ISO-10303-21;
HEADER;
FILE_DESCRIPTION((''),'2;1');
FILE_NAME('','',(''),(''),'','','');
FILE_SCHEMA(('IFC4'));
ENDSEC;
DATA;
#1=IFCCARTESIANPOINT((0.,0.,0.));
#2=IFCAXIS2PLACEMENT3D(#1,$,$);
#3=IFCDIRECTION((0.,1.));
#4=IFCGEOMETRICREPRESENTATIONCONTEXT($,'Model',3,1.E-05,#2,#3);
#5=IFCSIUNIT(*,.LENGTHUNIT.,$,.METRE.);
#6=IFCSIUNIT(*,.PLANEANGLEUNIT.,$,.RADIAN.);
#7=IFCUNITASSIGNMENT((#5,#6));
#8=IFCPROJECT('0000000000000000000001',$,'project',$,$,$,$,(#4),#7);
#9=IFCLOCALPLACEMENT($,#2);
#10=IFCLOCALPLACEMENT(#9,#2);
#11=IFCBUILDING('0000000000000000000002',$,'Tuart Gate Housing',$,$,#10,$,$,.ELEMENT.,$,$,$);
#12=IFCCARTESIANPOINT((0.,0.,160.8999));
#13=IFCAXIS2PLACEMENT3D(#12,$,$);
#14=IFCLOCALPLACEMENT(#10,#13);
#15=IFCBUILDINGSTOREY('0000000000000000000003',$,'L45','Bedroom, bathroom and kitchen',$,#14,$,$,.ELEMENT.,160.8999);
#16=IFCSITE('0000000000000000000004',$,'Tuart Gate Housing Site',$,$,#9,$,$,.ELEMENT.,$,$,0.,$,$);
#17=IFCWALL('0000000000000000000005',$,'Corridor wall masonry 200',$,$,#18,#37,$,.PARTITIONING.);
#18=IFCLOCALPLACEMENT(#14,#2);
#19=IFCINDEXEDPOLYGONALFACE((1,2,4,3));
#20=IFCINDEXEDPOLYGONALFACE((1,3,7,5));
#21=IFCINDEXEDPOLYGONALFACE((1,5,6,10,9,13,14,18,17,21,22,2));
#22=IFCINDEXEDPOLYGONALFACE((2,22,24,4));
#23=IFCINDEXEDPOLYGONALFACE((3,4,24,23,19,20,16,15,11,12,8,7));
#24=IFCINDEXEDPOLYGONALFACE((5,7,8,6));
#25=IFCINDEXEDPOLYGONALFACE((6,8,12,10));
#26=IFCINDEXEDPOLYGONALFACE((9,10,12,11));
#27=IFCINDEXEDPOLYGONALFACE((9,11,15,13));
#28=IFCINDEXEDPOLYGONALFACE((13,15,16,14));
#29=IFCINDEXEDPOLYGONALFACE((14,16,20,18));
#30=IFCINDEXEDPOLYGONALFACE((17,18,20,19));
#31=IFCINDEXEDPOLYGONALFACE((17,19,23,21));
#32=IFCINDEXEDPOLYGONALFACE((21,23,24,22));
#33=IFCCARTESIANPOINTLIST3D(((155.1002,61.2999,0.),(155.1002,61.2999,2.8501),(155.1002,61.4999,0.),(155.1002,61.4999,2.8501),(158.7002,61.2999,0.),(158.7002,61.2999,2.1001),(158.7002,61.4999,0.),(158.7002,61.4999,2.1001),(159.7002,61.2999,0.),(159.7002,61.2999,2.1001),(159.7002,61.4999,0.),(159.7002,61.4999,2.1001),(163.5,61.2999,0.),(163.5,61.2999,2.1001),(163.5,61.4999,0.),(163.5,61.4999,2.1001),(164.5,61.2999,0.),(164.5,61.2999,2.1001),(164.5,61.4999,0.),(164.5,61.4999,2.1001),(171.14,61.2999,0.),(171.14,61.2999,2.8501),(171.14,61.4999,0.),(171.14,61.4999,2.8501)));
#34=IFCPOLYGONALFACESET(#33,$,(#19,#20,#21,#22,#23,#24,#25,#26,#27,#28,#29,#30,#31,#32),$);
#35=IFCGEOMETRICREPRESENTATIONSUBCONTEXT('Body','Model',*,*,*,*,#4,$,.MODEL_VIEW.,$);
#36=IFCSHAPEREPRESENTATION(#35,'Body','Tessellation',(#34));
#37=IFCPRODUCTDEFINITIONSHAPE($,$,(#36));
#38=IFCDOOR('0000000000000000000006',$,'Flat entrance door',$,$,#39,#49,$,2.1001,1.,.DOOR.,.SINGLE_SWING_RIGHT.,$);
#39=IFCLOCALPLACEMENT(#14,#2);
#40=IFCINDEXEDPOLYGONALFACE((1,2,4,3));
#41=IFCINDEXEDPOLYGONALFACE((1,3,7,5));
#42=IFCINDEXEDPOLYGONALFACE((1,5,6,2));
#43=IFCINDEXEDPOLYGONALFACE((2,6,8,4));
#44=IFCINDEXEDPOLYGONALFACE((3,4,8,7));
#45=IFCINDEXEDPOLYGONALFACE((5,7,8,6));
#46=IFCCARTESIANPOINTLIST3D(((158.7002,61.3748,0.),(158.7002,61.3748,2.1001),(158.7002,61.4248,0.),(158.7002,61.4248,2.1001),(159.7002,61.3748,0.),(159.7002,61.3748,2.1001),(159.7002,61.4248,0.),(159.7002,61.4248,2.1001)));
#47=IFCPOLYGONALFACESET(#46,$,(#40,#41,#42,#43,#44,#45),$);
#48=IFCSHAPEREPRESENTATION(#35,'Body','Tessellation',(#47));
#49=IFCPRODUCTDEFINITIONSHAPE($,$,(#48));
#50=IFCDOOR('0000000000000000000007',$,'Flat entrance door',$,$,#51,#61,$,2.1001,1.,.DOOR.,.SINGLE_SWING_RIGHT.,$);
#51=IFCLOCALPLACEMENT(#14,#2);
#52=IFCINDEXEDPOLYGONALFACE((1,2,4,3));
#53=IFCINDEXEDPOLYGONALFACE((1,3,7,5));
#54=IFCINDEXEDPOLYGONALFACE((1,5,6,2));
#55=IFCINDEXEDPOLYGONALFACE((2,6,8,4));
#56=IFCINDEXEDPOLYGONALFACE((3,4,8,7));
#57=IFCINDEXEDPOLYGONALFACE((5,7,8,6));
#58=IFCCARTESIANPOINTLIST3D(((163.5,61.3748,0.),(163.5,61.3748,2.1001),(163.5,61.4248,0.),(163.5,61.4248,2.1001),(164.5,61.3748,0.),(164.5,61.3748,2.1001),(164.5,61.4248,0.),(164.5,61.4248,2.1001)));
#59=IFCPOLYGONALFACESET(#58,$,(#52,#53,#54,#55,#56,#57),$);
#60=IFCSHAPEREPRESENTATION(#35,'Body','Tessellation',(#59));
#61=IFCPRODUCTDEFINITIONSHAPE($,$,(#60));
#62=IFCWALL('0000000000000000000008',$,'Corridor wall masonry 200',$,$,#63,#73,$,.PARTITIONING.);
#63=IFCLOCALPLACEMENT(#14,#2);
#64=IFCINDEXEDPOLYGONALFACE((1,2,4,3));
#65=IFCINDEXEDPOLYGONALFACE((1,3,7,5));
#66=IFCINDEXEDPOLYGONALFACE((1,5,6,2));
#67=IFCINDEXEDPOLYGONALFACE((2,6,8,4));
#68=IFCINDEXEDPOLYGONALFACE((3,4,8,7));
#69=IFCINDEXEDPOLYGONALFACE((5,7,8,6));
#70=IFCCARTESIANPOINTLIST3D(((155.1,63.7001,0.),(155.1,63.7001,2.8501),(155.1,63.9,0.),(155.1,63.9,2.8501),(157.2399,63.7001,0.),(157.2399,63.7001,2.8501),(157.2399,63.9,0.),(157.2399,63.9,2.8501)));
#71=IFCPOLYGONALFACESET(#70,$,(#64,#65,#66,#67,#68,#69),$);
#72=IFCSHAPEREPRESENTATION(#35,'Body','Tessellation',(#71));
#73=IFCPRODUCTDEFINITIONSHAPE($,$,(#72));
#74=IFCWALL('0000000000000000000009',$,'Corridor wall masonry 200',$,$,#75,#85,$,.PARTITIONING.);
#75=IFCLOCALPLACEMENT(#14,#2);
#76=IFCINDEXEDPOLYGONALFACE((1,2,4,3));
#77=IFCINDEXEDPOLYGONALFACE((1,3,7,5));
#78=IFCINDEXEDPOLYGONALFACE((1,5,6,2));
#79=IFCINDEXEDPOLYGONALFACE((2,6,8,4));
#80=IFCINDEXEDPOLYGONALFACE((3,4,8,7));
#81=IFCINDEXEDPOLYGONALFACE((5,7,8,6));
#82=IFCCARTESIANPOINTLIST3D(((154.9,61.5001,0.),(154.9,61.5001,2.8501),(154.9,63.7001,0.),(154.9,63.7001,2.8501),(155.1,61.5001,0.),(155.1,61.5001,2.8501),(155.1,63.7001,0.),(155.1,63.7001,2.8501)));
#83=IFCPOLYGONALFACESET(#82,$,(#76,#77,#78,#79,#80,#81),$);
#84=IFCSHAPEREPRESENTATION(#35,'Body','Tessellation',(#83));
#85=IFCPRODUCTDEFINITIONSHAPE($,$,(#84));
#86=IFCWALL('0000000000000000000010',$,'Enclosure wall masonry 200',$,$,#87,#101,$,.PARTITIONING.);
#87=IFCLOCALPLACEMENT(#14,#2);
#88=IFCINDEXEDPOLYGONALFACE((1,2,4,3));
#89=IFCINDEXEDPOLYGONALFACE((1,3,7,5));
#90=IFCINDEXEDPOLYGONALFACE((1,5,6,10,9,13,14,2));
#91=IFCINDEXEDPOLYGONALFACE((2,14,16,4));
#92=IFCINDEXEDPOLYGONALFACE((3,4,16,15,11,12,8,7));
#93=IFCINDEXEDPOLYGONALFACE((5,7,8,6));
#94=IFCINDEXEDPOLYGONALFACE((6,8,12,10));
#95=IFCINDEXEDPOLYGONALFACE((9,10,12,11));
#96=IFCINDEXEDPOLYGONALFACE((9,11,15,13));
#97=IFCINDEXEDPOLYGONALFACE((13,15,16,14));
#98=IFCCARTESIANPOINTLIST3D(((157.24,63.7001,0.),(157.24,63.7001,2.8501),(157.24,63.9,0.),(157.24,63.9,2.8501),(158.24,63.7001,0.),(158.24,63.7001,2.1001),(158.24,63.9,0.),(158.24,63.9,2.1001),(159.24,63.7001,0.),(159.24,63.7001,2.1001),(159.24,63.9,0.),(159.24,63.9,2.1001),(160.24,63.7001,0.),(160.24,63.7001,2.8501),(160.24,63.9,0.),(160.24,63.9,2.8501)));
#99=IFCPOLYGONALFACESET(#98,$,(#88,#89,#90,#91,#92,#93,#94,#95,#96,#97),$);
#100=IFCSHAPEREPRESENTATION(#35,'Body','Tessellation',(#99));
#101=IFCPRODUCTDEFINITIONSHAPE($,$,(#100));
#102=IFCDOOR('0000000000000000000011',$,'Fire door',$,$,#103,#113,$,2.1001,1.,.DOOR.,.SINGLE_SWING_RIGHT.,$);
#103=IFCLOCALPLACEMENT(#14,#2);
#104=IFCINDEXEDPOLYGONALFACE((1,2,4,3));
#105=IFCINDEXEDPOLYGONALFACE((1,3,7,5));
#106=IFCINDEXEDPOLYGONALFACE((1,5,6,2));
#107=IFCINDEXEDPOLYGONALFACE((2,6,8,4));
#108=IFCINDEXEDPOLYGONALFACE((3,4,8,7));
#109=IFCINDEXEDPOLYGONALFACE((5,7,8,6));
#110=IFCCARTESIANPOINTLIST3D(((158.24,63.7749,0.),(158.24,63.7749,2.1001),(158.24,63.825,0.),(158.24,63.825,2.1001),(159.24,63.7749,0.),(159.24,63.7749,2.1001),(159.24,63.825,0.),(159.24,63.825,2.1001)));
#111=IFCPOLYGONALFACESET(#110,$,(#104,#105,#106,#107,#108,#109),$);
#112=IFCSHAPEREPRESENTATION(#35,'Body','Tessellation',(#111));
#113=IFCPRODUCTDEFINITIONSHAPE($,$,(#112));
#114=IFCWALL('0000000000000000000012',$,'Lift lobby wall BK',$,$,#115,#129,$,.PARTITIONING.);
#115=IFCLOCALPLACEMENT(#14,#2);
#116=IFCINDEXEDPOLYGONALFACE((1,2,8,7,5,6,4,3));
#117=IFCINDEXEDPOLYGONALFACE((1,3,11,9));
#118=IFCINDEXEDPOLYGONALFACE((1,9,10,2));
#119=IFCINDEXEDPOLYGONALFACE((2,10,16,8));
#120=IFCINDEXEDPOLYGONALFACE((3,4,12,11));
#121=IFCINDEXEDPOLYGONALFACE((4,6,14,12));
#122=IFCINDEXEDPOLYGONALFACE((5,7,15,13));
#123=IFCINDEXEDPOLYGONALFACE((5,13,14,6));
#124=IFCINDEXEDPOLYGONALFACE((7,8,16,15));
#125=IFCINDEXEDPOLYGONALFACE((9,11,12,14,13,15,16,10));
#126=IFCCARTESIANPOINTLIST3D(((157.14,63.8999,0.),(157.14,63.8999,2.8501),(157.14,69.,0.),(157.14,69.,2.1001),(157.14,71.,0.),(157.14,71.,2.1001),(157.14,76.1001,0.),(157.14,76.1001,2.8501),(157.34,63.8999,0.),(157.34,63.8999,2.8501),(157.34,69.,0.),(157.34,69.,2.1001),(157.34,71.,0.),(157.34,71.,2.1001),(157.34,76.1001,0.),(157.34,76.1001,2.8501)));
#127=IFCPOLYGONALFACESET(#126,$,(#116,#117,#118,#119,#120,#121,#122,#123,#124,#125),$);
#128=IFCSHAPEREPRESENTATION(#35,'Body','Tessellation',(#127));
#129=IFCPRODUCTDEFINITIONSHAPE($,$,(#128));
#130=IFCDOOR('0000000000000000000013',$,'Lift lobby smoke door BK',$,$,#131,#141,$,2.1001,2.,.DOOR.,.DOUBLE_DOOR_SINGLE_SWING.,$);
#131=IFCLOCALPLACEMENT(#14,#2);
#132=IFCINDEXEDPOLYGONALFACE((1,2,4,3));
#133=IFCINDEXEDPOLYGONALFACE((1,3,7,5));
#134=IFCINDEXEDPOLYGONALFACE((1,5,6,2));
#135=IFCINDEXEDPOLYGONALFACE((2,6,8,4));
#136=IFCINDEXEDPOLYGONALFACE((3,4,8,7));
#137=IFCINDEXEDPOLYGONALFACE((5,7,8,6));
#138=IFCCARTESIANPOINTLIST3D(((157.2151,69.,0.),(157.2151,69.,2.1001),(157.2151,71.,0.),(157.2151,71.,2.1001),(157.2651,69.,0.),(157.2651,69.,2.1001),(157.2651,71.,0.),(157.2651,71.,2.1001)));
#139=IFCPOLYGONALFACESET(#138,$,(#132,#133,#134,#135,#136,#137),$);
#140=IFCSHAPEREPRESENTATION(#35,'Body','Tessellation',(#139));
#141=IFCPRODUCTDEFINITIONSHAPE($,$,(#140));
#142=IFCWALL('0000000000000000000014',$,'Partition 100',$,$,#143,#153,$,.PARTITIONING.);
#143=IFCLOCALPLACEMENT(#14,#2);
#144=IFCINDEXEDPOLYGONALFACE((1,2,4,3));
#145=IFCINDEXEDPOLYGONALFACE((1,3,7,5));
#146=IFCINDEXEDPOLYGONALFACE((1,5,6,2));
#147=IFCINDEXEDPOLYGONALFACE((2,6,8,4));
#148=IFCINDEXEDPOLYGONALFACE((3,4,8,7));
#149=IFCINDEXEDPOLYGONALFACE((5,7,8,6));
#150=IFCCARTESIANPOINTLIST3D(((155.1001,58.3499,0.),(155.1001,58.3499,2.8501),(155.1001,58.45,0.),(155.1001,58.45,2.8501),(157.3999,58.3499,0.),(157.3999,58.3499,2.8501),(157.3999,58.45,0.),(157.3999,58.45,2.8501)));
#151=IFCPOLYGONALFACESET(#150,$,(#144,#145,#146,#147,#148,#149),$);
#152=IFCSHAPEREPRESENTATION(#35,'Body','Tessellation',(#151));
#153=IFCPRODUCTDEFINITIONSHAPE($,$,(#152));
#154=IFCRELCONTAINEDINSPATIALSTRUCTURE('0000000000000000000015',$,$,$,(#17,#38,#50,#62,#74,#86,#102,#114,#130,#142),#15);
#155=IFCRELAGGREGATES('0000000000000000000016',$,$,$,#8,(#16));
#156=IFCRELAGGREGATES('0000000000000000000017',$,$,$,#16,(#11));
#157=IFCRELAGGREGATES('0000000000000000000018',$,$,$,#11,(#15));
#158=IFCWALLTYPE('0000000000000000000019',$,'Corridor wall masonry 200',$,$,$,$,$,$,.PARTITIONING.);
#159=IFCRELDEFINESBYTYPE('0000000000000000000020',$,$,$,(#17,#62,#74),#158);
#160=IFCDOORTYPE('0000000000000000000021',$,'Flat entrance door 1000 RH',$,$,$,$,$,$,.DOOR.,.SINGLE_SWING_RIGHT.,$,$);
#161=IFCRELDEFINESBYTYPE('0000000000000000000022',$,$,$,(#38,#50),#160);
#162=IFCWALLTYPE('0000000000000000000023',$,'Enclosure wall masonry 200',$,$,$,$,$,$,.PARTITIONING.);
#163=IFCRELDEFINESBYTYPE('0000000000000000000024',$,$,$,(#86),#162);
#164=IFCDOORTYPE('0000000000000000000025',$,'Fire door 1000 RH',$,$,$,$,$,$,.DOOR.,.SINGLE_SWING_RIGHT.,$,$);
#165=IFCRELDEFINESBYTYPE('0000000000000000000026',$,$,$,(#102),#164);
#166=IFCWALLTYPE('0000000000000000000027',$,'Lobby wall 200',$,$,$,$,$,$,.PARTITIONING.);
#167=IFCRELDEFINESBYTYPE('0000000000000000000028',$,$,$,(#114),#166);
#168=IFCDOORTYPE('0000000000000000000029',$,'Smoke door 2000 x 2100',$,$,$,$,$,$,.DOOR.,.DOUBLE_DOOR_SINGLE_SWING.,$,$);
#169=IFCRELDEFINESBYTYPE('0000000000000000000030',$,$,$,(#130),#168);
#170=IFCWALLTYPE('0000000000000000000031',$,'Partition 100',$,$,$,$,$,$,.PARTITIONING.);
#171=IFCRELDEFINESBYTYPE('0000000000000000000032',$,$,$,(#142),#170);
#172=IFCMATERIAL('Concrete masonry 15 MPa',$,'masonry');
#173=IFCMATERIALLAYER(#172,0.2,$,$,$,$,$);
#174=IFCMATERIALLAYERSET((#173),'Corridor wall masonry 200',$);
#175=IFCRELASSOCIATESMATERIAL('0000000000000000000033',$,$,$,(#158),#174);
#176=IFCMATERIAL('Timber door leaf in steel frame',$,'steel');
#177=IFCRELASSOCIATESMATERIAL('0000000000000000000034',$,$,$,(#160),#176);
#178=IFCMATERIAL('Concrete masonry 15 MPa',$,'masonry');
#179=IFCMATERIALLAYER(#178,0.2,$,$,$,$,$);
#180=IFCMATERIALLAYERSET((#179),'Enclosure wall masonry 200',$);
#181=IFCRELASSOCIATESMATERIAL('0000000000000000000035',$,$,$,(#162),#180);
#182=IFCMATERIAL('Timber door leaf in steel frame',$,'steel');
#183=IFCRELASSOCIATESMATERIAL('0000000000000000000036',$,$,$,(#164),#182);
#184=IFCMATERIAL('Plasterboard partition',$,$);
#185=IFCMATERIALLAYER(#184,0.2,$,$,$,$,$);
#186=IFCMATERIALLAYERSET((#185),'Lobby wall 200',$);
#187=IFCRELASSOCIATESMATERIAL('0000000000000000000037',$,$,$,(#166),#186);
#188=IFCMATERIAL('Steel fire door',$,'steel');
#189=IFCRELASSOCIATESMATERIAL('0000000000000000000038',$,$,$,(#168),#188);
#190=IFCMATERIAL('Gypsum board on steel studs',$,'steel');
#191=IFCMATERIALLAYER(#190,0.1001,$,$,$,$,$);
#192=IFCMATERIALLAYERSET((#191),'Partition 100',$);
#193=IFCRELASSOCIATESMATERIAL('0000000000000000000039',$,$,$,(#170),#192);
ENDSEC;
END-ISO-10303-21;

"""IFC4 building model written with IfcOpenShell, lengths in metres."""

from ifc_helpers import new_model, si_unit, direction, frame, frame_2d, origin, place, context, subcontext, project, spatial, rectangle, extrude, material, layer, layer_set, type_object, element, fill, save


model = new_model("IFC4")

# Units and contexts
model_context = context("Model", 3, precision=1e-05, world=origin(), true_north=direction((0.0, 1.0)))
body_context = subcontext(model_context, "Body", "Model", "MODEL_VIEW")
ifc_project = project(units=[si_unit("LENGTHUNIT", "METRE"), si_unit("PLANEANGLEUNIT", "RADIAN")], contexts=[model_context])

# Site, building, storey
site_placement = place(None, origin())
site = spatial("IfcSite", under=ifc_project, at=site_placement, Name="Tuart Gate Housing Site", CompositionType="ELEMENT", RefElevation=0.0)
building_placement = place(site_placement, origin())
building = spatial("IfcBuilding", under=site, at=building_placement, Name="Tuart Gate Housing", CompositionType="ELEMENT")
storey_placement = place(building_placement, frame((0.0, 0.0, 160.8999)))
storey = spatial("IfcBuildingStorey", under=building, at=storey_placement, Name="L45", Description="Bedroom, bathroom and kitchen", CompositionType="ELEMENT", Elevation=160.8999)

# Wall, openings, doors
ifc_material_1 = material(Name="Concrete masonry 15 MPa", Category="masonry")
ifc_layer_1 = layer(ifc_material_1, 0.2)
ifc_layer_set_1 = layer_set([ifc_layer_1], Name="Corridor wall masonry 200")
wall_type_1 = type_object("IfcWallType", Name="Corridor wall masonry 200", PredefinedType="PARTITIONING", material=ifc_layer_set_1)
wall_1_placement = place(storey_placement, frame((155.1001, 61.3999, 0.0), z_axis=(0.0, 0.0, 1.0), x_axis=(1.0, 0.0, 0.0)))
wall_1 = element("IfcWall", 1, at=wall_1_placement, inside=storey, type_object=wall_type_1, Name="Corridor wall masonry 200", PredefinedType="PARTITIONING", context=body_context, shape_type="SweptSolid", body=[
    extrude(rectangle(XDim=16.0398, YDim=0.2, at=frame_2d((8.02, 0.0))), origin(), (0.0, 0.0, 1.0), 2.8501),
])
opening_1_placement = place(wall_1_placement, frame((3.6001, 0.0, 0.0)))
opening_1 = element("IfcOpeningElement", 2, at=opening_1_placement, cuts=wall_1, PredefinedType="OPENING", context=body_context, shape_type="SweptSolid", body=[
    extrude(rectangle(XDim=1.0, YDim=2.1001, at=frame_2d((0.5, 1.05))), frame((0.0, 0.1099, 0.0), z_axis=(0.0, -1.0, 0.0), x_axis=(1.0, 0.0, 0.0)), (0.0, 0.0, 1.0), 0.22),
])
opening_2_placement = place(wall_1_placement, frame((8.3999, 0.0, 0.0)))
opening_2 = element("IfcOpeningElement", 3, at=opening_2_placement, cuts=wall_1, PredefinedType="OPENING", context=body_context, shape_type="SweptSolid", body=[
    extrude(rectangle(XDim=1.0, YDim=2.1001, at=frame_2d((0.5, 1.05))), frame((0.0, 0.1099, 0.0), z_axis=(0.0, -1.0, 0.0), x_axis=(1.0, 0.0, 0.0)), (0.0, 0.0, 1.0), 0.22),
])
ifc_material_2 = material(Name="Timber door leaf in steel frame", Category="steel")
door_type_1 = type_object("IfcDoorType", Name="Flat entrance door 1000 RH", OperationType="SINGLE_SWING_RIGHT", PredefinedType="DOOR", material=ifc_material_2)
door_1_placement = place(opening_1_placement, frame((1.0, 0.0, 0.0), z_axis=(0.0, 0.0, 1.0), x_axis=(-1.0, 0.0, 0.0)))
door_1 = element("IfcDoor", 4, at=door_1_placement, inside=storey, type_object=door_type_1, Name="Flat entrance door", OperationType="SINGLE_SWING_RIGHT", OverallHeight=2.1001, OverallWidth=1.0, PredefinedType="DOOR", context=body_context, shape_type="SweptSolid", body=[
    extrude(rectangle(XDim=1.0, YDim=2.1001, at=frame_2d((0.5, 1.05))), frame((0.0, 0.0251, 0.0), z_axis=(0.0, -1.0, 0.0), x_axis=(1.0, 0.0, 0.0)), (0.0, 0.0, 1.0), 0.05),
])
fill(opening_1, door_1)
door_2_placement = place(opening_2_placement, frame((1.0, 0.0, 0.0), z_axis=(0.0, 0.0, 1.0), x_axis=(-1.0, 0.0, 0.0)))
door_2 = element("IfcDoor", 5, at=door_2_placement, inside=storey, type_object=door_type_1, Name="Flat entrance door", OperationType="SINGLE_SWING_RIGHT", OverallHeight=2.1001, OverallWidth=1.0, PredefinedType="DOOR", context=body_context, shape_type="SweptSolid", body=[
    extrude(rectangle(XDim=1.0, YDim=2.1001, at=frame_2d((0.5, 1.05))), frame((0.0, 0.0251, 0.0), z_axis=(0.0, -1.0, 0.0), x_axis=(1.0, 0.0, 0.0)), (0.0, 0.0, 1.0), 0.05),
])
fill(opening_2, door_2)

# Walls
wall_2_placement = place(storey_placement, frame((155.1001, 63.8, 0.0), z_axis=(0.0, 0.0, 1.0), x_axis=(1.0, 0.0, 0.0)))
element("IfcWall", 6, at=wall_2_placement, inside=storey, type_object=wall_type_1, Name="Corridor wall masonry 200", PredefinedType="PARTITIONING", context=body_context, shape_type="SweptSolid", body=[
    extrude(rectangle(XDim=2.1399, YDim=0.2, at=frame_2d((1.0698, 0.0))), origin(), (0.0, 0.0, 1.0), 2.8501),
])
wall_3_placement = place(storey_placement, frame((155.0, 61.5, 0.0), z_axis=(0.0, 0.0, 1.0), x_axis=(0.0, 1.0, 0.0)))
element("IfcWall", 7, at=wall_3_placement, inside=storey, type_object=wall_type_1, Name="Corridor wall masonry 200", PredefinedType="PARTITIONING", context=body_context, shape_type="SweptSolid", body=[
    extrude(rectangle(XDim=2.2, YDim=0.2, at=frame_2d((1.1001, 0.0))), origin(), (0.0, 0.0, 1.0), 2.8501),
])

# Walls, openings, doors
ifc_material_3 = material(Name="Concrete masonry 15 MPa", Category="masonry")
ifc_layer_2 = layer(ifc_material_3, 0.2)
ifc_layer_set_2 = layer_set([ifc_layer_2], Name="Enclosure wall masonry 200")
wall_type_2 = type_object("IfcWallType", Name="Enclosure wall masonry 200", PredefinedType="PARTITIONING", material=ifc_layer_set_2)
wall_4_placement = place(storey_placement, frame((157.24, 63.8, 0.0), z_axis=(0.0, 0.0, 1.0), x_axis=(1.0, 0.0, 0.0)))
wall_4 = element("IfcWall", 8, at=wall_4_placement, inside=storey, type_object=wall_type_2, Name="Enclosure wall masonry 200", PredefinedType="PARTITIONING", context=body_context, shape_type="SweptSolid", body=[
    extrude(rectangle(XDim=3.0, YDim=0.2, at=frame_2d((1.5, 0.0))), origin(), (0.0, 0.0, 1.0), 2.8501),
])
opening_3_placement = place(wall_4_placement, frame((1.0, 0.0, 0.0)))
opening_3 = element("IfcOpeningElement", 9, at=opening_3_placement, cuts=wall_4, PredefinedType="OPENING", context=body_context, shape_type="SweptSolid", body=[
    extrude(rectangle(XDim=1.0, YDim=2.1001, at=frame_2d((0.5, 1.05))), frame((0.0, 0.1099, 0.0), z_axis=(0.0, -1.0, 0.0), x_axis=(1.0, 0.0, 0.0)), (0.0, 0.0, 1.0), 0.22),
])
ifc_material_4 = material(Name="Timber door leaf in steel frame", Category="steel")
door_type_2 = type_object("IfcDoorType", Name="Fire door 1000 RH", OperationType="SINGLE_SWING_RIGHT", PredefinedType="DOOR", material=ifc_material_4)
door_3_placement = place(opening_3_placement, frame((1.0, 0.0, 0.0), z_axis=(0.0, 0.0, 1.0), x_axis=(-1.0, 0.0, 0.0)))
door_3 = element("IfcDoor", 10, at=door_3_placement, inside=storey, type_object=door_type_2, Name="Fire door", OperationType="SINGLE_SWING_RIGHT", OverallHeight=2.1001, OverallWidth=1.0, PredefinedType="DOOR", context=body_context, shape_type="SweptSolid", body=[
    extrude(rectangle(XDim=1.0, YDim=2.1001, at=frame_2d((0.5, 1.05))), frame((0.0, 0.0251, 0.0), z_axis=(0.0, -1.0, 0.0), x_axis=(1.0, 0.0, 0.0)), (0.0, 0.0, 1.0), 0.05),
])
fill(opening_3, door_3)
ifc_material_5 = material(Name="Plasterboard partition")
ifc_layer_3 = layer(ifc_material_5, 0.2)
ifc_layer_set_3 = layer_set([ifc_layer_3], Name="Lobby wall 200")
wall_type_3 = type_object("IfcWallType", Name="Lobby wall 200", PredefinedType="PARTITIONING", material=ifc_layer_set_3)
wall_5_placement = place(storey_placement, frame((157.24, 63.8999, 0.0), z_axis=(0.0, 0.0, 1.0), x_axis=(0.0, 1.0, 0.0)))
wall_5 = element("IfcWall", 11, at=wall_5_placement, inside=storey, type_object=wall_type_3, Name="Lift lobby wall BK", PredefinedType="PARTITIONING", context=body_context, shape_type="SweptSolid", body=[
    extrude(rectangle(XDim=12.2002, YDim=0.2, at=frame_2d((6.1001, 0.0))), origin(), (0.0, 0.0, 1.0), 2.8501),
])
opening_4_placement = place(wall_5_placement, frame((5.1001, 0.0, 0.0)))
opening_4 = element("IfcOpeningElement", 12, at=opening_4_placement, cuts=wall_5, PredefinedType="OPENING", context=body_context, shape_type="SweptSolid", body=[
    extrude(rectangle(XDim=2.0, YDim=2.1001, at=frame_2d((1.0, 1.05))), frame((0.0, 0.1099, 0.0), z_axis=(0.0, -1.0, 0.0), x_axis=(1.0, 0.0, 0.0)), (0.0, 0.0, 1.0), 0.22),
])
ifc_material_6 = material(Name="Steel fire door", Category="steel")
door_type_3 = type_object("IfcDoorType", Name="Smoke door 2000 x 2100", OperationType="DOUBLE_DOOR_SINGLE_SWING", PredefinedType="DOOR", material=ifc_material_6)
door_4_placement = place(opening_4_placement, frame((2.0, 0.0, 0.0), z_axis=(0.0, 0.0, 1.0), x_axis=(-1.0, 0.0, 0.0)))
door_4 = element("IfcDoor", 13, at=door_4_placement, inside=storey, type_object=door_type_3, Name="Lift lobby smoke door BK", OperationType="DOUBLE_DOOR_SINGLE_SWING", OverallHeight=2.1001, OverallWidth=2.0, PredefinedType="DOOR", context=body_context, shape_type="SweptSolid", body=[
    extrude(rectangle(XDim=2.0, YDim=2.1001, at=frame_2d((1.0, 1.05))), frame((0.0, 0.0251, 0.0), z_axis=(0.0, -1.0, 0.0), x_axis=(1.0, 0.0, 0.0)), (0.0, 0.0, 1.0), 0.05),
])
fill(opening_4, door_4)

# Wall
ifc_material_7 = material(Name="Gypsum board on steel studs", Category="steel")
ifc_layer_4 = layer(ifc_material_7, 0.1001)
ifc_layer_set_4 = layer_set([ifc_layer_4], Name="Partition 100")
wall_type_4 = type_object("IfcWallType", Name="Partition 100", PredefinedType="PARTITIONING", material=ifc_layer_set_4)
wall_6_placement = place(storey_placement, frame((155.1001, 58.3999, 0.0), z_axis=(0.0, 0.0, 1.0), x_axis=(1.0, 0.0, 0.0)))
element("IfcWall", 14, at=wall_6_placement, inside=storey, type_object=wall_type_4, Name="Partition 100", PredefinedType="PARTITIONING", context=body_context, shape_type="SweptSolid", body=[
    extrude(rectangle(XDim=2.2998, YDim=0.1001, at=frame_2d((1.1499, 0.0))), origin(), (0.0, 0.0, 1.0), 2.8501),
])

save(model, "model.ifc")
